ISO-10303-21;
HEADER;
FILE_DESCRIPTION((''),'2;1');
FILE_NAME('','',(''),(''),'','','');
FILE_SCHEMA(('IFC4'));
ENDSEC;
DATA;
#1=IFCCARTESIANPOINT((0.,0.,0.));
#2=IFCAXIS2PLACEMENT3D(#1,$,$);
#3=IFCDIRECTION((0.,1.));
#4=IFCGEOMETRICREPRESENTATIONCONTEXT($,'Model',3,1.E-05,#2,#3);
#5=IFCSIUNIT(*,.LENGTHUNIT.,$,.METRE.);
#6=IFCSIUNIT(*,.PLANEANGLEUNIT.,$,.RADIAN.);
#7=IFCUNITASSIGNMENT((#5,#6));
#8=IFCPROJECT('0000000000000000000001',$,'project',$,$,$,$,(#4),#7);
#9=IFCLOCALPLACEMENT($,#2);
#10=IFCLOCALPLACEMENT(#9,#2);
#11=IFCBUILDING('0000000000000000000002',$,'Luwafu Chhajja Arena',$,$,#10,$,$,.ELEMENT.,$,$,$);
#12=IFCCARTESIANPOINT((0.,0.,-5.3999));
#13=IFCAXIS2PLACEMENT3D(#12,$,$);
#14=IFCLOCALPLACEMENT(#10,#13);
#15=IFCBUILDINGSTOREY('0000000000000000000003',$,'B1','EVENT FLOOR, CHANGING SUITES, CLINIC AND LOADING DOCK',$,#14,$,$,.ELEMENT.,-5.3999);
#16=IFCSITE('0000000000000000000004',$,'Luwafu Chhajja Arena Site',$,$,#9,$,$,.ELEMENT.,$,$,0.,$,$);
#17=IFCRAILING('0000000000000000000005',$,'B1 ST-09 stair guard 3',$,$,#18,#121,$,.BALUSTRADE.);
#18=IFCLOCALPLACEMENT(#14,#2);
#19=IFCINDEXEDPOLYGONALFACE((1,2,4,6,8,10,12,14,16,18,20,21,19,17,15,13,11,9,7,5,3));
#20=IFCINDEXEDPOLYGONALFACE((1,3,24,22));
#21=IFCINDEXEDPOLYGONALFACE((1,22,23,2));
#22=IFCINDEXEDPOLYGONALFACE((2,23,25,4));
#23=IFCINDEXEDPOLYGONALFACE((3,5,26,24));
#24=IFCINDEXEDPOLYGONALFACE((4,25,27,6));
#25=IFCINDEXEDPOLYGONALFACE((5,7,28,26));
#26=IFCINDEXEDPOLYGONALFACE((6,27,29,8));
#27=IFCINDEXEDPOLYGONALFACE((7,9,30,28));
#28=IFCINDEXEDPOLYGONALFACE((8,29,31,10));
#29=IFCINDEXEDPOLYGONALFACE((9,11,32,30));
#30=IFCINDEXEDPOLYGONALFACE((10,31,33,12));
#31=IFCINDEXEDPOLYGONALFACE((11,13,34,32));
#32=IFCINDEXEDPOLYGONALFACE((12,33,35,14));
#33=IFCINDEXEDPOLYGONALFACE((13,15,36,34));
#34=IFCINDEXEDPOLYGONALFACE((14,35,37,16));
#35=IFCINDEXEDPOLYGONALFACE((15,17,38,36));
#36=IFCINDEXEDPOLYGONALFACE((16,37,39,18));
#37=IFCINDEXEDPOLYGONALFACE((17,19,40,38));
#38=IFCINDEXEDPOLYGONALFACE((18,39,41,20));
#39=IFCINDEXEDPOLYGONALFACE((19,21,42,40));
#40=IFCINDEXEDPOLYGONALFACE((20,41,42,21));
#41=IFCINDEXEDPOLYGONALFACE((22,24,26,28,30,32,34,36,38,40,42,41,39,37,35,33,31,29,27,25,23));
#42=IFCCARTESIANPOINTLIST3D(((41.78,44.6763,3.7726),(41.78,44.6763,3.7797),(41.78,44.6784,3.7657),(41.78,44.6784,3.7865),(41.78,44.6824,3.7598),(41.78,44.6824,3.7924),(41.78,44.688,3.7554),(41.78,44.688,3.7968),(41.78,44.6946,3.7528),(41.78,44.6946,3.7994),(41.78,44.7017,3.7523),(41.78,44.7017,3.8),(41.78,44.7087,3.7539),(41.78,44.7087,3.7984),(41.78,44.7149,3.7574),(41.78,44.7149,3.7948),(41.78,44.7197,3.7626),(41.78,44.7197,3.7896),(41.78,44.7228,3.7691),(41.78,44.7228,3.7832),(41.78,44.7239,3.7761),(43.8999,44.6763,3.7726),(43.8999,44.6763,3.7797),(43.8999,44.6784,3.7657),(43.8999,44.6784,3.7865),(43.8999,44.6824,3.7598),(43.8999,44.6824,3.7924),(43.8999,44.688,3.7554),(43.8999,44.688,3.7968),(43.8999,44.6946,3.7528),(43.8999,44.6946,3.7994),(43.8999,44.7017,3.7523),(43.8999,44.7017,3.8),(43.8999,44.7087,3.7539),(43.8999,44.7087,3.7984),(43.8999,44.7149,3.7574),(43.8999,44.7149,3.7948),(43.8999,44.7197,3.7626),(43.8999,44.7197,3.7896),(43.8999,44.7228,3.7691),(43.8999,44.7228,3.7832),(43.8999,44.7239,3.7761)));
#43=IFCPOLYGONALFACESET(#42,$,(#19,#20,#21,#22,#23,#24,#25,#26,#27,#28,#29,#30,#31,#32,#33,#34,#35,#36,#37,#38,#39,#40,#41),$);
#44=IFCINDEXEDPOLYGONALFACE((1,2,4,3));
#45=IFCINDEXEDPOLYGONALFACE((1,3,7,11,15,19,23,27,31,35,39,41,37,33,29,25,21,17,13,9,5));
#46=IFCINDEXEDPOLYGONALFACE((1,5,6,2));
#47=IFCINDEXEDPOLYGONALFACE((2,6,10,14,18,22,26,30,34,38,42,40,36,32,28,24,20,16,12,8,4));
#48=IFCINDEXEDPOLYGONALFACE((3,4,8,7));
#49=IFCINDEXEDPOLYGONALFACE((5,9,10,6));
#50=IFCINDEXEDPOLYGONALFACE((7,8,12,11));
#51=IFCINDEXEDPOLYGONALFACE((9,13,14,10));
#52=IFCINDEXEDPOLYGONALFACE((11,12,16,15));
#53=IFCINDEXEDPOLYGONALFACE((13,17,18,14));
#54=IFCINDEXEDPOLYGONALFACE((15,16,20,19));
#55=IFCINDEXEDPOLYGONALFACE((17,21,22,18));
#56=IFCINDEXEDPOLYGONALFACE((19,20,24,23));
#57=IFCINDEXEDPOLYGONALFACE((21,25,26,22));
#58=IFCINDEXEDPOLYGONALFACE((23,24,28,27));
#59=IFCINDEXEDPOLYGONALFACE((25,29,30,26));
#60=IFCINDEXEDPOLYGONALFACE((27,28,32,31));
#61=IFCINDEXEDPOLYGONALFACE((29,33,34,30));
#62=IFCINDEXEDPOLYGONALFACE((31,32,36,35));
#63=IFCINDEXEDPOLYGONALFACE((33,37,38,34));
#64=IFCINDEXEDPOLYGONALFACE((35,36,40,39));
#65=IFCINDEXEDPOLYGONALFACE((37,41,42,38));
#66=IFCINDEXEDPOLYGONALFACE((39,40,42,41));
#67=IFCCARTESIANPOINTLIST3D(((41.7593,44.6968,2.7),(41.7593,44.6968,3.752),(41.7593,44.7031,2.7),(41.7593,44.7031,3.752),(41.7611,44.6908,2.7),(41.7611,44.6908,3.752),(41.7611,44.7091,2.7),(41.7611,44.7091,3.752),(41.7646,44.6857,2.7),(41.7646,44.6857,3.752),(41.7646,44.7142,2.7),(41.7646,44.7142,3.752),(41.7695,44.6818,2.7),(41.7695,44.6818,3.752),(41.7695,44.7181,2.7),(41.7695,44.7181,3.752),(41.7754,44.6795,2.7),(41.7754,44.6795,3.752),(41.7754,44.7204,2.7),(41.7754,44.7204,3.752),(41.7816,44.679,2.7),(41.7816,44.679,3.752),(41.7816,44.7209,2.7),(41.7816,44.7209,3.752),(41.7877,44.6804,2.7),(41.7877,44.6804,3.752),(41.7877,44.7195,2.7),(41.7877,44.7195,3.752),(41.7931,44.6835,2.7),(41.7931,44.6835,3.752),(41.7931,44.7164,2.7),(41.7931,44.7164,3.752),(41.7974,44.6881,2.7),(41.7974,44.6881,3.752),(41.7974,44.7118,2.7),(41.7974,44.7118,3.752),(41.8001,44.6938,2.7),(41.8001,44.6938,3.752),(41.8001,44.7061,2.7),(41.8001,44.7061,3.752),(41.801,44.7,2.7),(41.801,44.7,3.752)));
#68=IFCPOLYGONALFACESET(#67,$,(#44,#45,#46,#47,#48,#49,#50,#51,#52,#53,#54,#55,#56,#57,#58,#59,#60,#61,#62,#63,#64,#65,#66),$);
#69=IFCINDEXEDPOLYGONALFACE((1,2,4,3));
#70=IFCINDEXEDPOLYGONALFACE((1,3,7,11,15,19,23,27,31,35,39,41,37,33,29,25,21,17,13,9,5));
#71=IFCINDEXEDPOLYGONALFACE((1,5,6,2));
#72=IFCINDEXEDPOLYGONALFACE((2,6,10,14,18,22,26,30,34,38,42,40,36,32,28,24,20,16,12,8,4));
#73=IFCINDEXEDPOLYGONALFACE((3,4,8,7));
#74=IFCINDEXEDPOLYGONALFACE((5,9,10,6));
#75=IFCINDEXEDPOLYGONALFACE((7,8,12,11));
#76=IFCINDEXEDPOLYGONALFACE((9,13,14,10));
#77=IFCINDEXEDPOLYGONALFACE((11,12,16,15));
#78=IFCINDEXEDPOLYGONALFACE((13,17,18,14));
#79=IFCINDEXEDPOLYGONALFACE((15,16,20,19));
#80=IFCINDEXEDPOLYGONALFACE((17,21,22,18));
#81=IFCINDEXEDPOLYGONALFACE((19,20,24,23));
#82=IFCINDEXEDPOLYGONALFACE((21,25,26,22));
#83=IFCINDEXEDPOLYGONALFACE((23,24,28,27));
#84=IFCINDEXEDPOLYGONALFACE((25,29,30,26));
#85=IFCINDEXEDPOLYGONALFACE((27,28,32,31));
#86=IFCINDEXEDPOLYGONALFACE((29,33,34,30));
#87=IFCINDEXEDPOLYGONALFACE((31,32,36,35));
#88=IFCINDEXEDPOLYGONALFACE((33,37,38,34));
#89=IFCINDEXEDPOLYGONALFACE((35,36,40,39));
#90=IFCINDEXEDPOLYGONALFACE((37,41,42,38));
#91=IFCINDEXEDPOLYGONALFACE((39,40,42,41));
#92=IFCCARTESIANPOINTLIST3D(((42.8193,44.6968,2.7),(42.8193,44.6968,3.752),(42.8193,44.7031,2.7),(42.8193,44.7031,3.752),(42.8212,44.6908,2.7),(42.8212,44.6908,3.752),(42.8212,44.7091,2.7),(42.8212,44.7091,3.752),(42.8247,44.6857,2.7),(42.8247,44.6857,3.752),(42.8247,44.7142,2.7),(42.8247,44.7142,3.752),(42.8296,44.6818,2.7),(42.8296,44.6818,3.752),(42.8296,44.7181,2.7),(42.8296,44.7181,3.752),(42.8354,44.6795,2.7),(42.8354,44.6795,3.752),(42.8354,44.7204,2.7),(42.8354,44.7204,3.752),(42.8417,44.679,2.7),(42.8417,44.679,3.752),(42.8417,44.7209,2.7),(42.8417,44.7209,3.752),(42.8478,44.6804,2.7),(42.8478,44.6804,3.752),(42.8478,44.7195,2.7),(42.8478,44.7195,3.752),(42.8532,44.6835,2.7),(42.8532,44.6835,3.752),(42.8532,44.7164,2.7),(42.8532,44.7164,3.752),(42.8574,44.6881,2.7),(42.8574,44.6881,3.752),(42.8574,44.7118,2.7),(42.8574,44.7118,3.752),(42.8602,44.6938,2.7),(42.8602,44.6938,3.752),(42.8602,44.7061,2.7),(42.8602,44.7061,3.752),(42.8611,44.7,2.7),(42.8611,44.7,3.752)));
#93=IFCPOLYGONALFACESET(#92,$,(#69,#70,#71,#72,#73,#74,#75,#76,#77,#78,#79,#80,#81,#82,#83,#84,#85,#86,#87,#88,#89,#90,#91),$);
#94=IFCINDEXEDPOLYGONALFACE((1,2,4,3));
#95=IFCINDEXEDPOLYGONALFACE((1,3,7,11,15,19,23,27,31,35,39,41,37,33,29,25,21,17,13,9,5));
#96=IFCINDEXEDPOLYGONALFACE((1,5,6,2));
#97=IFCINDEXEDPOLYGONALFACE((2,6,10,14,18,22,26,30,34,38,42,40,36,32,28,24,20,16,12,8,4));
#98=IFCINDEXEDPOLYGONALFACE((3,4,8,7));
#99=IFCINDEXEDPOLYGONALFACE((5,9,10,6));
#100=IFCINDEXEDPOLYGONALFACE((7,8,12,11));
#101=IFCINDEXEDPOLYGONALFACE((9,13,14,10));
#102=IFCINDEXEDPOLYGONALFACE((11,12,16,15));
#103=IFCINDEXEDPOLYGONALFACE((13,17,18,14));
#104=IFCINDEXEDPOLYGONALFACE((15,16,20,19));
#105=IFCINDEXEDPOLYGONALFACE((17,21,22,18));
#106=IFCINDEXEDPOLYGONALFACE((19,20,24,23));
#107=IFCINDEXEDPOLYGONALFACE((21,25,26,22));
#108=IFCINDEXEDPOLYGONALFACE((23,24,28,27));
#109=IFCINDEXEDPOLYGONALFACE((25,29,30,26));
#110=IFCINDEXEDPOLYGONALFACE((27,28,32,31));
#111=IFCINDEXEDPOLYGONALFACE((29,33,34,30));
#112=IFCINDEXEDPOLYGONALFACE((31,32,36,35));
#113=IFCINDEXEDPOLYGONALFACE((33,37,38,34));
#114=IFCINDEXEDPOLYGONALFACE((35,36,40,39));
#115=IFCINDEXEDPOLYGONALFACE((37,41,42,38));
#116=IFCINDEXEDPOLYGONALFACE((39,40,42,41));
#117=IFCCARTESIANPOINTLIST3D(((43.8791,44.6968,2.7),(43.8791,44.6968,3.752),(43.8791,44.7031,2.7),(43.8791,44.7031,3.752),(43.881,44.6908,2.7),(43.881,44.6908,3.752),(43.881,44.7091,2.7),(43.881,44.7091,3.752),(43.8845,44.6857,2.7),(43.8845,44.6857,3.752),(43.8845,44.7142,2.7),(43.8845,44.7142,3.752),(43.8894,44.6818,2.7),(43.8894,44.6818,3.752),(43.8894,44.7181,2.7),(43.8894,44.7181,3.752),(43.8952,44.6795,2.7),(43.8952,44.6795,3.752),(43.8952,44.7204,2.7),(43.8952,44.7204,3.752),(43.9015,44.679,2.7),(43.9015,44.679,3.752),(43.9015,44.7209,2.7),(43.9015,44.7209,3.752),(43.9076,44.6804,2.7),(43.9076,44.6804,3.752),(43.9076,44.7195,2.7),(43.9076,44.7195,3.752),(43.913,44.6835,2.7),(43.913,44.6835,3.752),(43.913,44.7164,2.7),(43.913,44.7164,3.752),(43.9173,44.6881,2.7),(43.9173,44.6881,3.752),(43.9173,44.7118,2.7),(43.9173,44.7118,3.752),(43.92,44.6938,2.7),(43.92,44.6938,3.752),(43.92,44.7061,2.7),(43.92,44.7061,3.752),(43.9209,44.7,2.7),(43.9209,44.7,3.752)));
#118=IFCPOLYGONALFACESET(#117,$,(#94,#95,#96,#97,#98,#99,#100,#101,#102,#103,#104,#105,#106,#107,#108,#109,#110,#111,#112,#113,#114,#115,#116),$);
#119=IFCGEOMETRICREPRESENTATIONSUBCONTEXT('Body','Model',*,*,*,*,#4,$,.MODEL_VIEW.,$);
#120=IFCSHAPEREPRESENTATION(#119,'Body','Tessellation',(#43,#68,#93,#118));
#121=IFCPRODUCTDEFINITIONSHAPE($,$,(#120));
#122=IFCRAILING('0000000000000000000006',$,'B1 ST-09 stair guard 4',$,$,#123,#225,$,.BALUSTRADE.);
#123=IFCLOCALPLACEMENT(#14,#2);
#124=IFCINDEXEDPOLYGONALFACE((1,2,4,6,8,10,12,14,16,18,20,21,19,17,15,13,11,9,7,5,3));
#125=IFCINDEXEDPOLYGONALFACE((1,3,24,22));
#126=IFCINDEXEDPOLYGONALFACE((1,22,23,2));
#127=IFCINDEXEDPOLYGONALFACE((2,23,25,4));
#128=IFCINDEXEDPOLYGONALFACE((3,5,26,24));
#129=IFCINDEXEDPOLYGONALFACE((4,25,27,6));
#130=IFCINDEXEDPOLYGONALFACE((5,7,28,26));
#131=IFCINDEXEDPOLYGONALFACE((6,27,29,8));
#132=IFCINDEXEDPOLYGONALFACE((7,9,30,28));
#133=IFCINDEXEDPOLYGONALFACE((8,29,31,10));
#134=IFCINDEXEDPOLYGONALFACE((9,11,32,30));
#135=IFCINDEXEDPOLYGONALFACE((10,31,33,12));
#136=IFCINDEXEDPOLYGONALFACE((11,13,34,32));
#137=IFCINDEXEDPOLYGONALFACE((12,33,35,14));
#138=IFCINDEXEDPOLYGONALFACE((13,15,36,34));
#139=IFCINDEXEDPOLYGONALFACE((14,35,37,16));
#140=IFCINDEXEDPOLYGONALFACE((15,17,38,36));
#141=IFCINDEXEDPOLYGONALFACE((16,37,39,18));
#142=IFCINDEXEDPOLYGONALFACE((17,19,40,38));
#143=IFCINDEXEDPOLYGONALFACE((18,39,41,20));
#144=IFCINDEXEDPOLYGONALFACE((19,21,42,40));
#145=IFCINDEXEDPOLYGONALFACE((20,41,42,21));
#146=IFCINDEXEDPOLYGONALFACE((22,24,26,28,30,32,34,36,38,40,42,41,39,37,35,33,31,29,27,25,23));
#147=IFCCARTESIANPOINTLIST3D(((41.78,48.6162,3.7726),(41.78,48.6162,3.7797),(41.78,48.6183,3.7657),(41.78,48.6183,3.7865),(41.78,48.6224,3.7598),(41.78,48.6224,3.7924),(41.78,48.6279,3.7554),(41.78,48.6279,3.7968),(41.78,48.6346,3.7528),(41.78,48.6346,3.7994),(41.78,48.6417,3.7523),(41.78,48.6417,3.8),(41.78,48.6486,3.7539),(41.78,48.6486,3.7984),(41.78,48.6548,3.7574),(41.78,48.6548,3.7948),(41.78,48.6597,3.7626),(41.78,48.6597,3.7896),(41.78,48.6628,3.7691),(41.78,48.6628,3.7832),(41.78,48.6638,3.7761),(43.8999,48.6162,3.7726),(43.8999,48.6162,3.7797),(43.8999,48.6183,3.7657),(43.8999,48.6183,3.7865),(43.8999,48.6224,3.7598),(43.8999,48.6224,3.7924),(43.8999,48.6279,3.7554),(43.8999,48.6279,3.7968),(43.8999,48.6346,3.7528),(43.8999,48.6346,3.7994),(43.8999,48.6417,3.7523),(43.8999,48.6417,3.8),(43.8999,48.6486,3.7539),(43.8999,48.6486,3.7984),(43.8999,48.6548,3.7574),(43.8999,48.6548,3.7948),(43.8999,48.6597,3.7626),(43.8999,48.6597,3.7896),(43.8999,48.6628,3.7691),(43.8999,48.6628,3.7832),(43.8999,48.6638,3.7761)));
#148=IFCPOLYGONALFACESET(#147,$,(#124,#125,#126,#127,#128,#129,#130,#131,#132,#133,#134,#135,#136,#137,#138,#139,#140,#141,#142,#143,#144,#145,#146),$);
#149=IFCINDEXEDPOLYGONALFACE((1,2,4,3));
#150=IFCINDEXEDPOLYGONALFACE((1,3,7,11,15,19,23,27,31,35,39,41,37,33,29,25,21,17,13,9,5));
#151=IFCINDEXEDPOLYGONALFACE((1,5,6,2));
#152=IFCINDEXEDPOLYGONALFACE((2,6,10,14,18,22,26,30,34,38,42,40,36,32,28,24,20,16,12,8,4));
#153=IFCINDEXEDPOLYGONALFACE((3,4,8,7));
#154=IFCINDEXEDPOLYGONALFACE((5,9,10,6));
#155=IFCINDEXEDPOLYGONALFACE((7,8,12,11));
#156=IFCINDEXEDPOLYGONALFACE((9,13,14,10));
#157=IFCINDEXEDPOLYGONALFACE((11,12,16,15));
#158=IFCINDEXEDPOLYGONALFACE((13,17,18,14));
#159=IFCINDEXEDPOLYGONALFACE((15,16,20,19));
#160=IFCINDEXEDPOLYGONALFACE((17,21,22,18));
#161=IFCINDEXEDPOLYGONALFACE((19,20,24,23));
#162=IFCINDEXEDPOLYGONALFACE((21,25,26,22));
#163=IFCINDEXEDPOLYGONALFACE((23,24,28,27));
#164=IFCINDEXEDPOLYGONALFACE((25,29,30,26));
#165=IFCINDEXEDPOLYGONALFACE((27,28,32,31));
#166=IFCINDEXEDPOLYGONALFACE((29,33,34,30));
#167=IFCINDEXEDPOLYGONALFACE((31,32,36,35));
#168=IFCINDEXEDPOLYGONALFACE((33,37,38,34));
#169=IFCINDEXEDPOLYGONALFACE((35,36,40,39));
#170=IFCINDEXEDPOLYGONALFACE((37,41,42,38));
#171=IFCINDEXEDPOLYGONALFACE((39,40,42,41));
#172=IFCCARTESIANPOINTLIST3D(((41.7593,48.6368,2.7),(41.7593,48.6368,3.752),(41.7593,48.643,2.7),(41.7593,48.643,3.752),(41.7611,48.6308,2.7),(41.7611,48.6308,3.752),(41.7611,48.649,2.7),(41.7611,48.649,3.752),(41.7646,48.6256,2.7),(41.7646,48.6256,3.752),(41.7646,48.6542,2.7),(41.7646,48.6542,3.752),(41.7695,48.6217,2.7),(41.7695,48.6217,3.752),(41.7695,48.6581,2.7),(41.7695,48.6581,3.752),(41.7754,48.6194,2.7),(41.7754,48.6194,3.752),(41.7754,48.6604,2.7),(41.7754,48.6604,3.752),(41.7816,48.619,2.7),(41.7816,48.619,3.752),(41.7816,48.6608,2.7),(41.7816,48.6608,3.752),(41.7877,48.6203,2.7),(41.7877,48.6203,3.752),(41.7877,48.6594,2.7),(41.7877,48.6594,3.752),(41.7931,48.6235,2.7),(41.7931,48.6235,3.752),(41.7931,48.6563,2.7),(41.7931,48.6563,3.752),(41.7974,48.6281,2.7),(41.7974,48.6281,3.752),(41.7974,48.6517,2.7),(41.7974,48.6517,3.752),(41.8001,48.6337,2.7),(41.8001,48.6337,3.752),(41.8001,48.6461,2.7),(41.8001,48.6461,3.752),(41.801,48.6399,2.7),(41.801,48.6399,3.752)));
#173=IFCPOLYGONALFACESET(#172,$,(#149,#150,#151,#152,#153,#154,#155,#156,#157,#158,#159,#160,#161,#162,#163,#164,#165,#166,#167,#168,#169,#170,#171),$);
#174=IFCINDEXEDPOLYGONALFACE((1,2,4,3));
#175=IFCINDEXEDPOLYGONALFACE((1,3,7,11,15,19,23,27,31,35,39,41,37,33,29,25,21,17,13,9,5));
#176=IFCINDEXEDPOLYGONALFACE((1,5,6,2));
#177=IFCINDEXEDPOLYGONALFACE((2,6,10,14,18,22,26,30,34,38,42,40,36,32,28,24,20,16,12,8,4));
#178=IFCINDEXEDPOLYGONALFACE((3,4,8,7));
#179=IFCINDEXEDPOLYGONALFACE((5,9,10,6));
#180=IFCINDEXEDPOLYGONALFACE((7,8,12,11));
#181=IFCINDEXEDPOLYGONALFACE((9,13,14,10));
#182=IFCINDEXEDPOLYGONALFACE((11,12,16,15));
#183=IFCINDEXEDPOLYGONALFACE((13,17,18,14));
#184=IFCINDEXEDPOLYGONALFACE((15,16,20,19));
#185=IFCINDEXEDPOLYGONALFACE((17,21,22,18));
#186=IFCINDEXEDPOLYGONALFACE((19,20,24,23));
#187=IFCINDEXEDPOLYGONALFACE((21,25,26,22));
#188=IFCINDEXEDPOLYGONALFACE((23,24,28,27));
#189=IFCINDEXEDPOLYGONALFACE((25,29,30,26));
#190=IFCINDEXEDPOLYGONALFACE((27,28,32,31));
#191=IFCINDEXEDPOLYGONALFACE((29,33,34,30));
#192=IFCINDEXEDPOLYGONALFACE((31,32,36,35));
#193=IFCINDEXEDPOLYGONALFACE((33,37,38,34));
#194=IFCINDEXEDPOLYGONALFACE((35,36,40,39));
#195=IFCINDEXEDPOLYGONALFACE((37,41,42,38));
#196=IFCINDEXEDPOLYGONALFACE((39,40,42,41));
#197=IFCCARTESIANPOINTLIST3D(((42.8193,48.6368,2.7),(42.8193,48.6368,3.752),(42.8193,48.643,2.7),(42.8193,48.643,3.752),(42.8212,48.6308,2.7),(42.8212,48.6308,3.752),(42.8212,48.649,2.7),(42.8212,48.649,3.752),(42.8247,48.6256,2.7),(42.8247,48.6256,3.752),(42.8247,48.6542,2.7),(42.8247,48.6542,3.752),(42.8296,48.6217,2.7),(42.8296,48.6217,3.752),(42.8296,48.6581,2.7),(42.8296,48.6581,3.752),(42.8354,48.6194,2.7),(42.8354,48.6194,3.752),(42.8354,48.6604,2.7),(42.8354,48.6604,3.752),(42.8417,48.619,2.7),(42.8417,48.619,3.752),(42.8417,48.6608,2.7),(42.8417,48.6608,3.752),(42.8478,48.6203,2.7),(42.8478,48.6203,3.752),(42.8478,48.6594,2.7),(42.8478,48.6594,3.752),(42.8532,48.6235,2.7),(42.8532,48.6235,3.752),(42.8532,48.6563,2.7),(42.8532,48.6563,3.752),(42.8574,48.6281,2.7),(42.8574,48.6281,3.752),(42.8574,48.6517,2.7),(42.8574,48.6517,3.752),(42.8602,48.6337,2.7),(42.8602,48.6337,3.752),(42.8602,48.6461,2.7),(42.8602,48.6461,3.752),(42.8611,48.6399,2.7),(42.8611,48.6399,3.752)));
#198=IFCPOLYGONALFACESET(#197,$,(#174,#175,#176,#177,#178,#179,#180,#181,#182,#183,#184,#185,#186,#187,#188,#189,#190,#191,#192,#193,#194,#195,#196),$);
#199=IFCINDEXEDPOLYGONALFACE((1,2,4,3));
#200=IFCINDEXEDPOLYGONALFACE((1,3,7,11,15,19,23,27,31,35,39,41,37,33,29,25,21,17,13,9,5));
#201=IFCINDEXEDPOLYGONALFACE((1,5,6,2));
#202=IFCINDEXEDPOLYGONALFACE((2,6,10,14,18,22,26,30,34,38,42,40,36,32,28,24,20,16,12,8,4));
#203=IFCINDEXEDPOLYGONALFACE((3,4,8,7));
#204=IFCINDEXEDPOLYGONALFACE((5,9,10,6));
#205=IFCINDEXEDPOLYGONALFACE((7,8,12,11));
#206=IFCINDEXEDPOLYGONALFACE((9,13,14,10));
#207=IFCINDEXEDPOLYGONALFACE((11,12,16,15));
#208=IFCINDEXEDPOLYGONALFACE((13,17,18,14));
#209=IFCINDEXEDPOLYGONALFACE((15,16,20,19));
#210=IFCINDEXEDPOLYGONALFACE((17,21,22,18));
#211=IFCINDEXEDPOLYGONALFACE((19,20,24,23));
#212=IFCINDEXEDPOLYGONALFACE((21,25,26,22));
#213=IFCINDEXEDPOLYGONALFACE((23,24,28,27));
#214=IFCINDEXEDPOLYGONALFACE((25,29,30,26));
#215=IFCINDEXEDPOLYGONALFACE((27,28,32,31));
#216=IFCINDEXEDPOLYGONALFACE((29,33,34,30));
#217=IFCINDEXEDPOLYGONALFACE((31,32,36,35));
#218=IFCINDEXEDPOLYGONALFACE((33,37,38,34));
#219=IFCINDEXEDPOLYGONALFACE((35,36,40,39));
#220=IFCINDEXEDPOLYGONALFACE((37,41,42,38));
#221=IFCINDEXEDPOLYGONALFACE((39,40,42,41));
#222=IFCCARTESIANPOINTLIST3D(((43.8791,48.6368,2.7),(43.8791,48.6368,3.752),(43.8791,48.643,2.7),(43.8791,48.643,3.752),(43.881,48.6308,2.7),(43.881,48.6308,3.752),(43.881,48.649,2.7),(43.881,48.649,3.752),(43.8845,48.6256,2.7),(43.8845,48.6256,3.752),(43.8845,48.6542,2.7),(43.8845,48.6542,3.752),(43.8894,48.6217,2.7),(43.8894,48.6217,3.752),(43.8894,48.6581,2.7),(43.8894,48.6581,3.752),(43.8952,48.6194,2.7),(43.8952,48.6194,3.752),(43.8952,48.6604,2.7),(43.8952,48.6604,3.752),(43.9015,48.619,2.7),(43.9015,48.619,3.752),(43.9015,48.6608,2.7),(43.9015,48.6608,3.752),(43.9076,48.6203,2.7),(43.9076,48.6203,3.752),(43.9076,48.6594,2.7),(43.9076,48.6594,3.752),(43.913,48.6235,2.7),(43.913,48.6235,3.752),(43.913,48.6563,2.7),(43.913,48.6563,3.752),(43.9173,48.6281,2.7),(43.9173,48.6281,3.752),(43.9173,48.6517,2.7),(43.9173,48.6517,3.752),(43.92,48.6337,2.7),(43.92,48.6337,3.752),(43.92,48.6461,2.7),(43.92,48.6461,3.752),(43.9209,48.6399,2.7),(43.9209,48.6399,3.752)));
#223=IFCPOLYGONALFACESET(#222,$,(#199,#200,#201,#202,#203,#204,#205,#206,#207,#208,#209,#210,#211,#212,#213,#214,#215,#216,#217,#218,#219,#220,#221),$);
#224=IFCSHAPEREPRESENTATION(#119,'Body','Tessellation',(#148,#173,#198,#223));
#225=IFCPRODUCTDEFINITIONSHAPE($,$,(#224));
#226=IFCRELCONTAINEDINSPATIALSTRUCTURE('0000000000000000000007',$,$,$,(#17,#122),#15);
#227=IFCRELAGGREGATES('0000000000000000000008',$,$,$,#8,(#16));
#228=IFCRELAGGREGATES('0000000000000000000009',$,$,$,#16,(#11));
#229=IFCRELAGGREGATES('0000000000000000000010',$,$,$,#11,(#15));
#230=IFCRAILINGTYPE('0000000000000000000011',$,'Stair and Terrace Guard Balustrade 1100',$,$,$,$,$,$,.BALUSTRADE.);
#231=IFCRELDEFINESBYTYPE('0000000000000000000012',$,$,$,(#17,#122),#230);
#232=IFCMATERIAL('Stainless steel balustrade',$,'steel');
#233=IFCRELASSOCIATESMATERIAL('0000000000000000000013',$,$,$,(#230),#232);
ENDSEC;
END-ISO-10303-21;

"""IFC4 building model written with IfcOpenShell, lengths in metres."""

from ifc_helpers import new_model, si_unit, direction, frame, origin, origin_2d, place, context, subcontext, project, spatial, circle, extrude, material, type_object, element, save


model = new_model("IFC4")

# Units and contexts
model_context = context("Model", 3, precision=1e-05, world=origin(), true_north=direction((0.0, 1.0)))
body_context = subcontext(model_context, "Body", "Model", "MODEL_VIEW")
ifc_project = project(units=[si_unit("LENGTHUNIT", "METRE"), si_unit("PLANEANGLEUNIT", "RADIAN")], contexts=[model_context])

# Site, building, storey
site_placement = place(None, origin())
site = spatial("IfcSite", under=ifc_project, at=site_placement, Name="Luwafu Chhajja Arena Site", CompositionType="ELEMENT", RefElevation=0.0)
building_placement = place(site_placement, origin())
building = spatial("IfcBuilding", under=site, at=building_placement, Name="Luwafu Chhajja Arena", CompositionType="ELEMENT")
storey_placement = place(building_placement, frame((0.0, 0.0, -5.3999)))
storey = spatial("IfcBuildingStorey", under=building, at=storey_placement, Name="B1", Description="EVENT FLOOR, CHANGING SUITES, CLINIC AND LOADING DOCK", CompositionType="ELEMENT", Elevation=-5.3999)

# Railings
ifc_material_1 = material(Name="Stainless steel balustrade", Category="steel")
railing_type = type_object("IfcRailingType", Name="Stair and Terrace Guard Balustrade 1100", PredefinedType="BALUSTRADE", material=ifc_material_1)
for number, where, name in (
    (1, (41.78, 44.7, 2.7), "B1 ST-09 stair guard 3"),
    (2, (41.78, 48.6399, 2.7), "B1 ST-09 stair guard 4"),
):
    element("IfcRailing", number, at=place(storey_placement, frame(where)), inside=storey, type_object=railing_type, Name=name, PredefinedType="BALUSTRADE", context=body_context, shape_type="SweptSolid", body=[
        extrude(circle(Radius=0.0239, at=origin_2d()), frame((0.0, 0.0, 1.0762), z_axis=(1.0, 0.0, 0.0), x_axis=(0.0, 1.0, 0.0)), (0.0, 0.0, 1.0), 2.1199),
        extrude(circle(Radius=0.021, at=origin_2d()), origin(), (0.0, 0.0, 1.0), 1.052),
        extrude(circle(Radius=0.021, at=origin_2d()), frame((1.0601, 0.0, 0.0)), (0.0, 0.0, 1.0), 1.052),
        extrude(circle(Radius=0.021, at=origin_2d()), frame((2.1199, 0.0, 0.0)), (0.0, 0.0, 1.0), 1.052),
    ])

save(model, "model.ifc")
